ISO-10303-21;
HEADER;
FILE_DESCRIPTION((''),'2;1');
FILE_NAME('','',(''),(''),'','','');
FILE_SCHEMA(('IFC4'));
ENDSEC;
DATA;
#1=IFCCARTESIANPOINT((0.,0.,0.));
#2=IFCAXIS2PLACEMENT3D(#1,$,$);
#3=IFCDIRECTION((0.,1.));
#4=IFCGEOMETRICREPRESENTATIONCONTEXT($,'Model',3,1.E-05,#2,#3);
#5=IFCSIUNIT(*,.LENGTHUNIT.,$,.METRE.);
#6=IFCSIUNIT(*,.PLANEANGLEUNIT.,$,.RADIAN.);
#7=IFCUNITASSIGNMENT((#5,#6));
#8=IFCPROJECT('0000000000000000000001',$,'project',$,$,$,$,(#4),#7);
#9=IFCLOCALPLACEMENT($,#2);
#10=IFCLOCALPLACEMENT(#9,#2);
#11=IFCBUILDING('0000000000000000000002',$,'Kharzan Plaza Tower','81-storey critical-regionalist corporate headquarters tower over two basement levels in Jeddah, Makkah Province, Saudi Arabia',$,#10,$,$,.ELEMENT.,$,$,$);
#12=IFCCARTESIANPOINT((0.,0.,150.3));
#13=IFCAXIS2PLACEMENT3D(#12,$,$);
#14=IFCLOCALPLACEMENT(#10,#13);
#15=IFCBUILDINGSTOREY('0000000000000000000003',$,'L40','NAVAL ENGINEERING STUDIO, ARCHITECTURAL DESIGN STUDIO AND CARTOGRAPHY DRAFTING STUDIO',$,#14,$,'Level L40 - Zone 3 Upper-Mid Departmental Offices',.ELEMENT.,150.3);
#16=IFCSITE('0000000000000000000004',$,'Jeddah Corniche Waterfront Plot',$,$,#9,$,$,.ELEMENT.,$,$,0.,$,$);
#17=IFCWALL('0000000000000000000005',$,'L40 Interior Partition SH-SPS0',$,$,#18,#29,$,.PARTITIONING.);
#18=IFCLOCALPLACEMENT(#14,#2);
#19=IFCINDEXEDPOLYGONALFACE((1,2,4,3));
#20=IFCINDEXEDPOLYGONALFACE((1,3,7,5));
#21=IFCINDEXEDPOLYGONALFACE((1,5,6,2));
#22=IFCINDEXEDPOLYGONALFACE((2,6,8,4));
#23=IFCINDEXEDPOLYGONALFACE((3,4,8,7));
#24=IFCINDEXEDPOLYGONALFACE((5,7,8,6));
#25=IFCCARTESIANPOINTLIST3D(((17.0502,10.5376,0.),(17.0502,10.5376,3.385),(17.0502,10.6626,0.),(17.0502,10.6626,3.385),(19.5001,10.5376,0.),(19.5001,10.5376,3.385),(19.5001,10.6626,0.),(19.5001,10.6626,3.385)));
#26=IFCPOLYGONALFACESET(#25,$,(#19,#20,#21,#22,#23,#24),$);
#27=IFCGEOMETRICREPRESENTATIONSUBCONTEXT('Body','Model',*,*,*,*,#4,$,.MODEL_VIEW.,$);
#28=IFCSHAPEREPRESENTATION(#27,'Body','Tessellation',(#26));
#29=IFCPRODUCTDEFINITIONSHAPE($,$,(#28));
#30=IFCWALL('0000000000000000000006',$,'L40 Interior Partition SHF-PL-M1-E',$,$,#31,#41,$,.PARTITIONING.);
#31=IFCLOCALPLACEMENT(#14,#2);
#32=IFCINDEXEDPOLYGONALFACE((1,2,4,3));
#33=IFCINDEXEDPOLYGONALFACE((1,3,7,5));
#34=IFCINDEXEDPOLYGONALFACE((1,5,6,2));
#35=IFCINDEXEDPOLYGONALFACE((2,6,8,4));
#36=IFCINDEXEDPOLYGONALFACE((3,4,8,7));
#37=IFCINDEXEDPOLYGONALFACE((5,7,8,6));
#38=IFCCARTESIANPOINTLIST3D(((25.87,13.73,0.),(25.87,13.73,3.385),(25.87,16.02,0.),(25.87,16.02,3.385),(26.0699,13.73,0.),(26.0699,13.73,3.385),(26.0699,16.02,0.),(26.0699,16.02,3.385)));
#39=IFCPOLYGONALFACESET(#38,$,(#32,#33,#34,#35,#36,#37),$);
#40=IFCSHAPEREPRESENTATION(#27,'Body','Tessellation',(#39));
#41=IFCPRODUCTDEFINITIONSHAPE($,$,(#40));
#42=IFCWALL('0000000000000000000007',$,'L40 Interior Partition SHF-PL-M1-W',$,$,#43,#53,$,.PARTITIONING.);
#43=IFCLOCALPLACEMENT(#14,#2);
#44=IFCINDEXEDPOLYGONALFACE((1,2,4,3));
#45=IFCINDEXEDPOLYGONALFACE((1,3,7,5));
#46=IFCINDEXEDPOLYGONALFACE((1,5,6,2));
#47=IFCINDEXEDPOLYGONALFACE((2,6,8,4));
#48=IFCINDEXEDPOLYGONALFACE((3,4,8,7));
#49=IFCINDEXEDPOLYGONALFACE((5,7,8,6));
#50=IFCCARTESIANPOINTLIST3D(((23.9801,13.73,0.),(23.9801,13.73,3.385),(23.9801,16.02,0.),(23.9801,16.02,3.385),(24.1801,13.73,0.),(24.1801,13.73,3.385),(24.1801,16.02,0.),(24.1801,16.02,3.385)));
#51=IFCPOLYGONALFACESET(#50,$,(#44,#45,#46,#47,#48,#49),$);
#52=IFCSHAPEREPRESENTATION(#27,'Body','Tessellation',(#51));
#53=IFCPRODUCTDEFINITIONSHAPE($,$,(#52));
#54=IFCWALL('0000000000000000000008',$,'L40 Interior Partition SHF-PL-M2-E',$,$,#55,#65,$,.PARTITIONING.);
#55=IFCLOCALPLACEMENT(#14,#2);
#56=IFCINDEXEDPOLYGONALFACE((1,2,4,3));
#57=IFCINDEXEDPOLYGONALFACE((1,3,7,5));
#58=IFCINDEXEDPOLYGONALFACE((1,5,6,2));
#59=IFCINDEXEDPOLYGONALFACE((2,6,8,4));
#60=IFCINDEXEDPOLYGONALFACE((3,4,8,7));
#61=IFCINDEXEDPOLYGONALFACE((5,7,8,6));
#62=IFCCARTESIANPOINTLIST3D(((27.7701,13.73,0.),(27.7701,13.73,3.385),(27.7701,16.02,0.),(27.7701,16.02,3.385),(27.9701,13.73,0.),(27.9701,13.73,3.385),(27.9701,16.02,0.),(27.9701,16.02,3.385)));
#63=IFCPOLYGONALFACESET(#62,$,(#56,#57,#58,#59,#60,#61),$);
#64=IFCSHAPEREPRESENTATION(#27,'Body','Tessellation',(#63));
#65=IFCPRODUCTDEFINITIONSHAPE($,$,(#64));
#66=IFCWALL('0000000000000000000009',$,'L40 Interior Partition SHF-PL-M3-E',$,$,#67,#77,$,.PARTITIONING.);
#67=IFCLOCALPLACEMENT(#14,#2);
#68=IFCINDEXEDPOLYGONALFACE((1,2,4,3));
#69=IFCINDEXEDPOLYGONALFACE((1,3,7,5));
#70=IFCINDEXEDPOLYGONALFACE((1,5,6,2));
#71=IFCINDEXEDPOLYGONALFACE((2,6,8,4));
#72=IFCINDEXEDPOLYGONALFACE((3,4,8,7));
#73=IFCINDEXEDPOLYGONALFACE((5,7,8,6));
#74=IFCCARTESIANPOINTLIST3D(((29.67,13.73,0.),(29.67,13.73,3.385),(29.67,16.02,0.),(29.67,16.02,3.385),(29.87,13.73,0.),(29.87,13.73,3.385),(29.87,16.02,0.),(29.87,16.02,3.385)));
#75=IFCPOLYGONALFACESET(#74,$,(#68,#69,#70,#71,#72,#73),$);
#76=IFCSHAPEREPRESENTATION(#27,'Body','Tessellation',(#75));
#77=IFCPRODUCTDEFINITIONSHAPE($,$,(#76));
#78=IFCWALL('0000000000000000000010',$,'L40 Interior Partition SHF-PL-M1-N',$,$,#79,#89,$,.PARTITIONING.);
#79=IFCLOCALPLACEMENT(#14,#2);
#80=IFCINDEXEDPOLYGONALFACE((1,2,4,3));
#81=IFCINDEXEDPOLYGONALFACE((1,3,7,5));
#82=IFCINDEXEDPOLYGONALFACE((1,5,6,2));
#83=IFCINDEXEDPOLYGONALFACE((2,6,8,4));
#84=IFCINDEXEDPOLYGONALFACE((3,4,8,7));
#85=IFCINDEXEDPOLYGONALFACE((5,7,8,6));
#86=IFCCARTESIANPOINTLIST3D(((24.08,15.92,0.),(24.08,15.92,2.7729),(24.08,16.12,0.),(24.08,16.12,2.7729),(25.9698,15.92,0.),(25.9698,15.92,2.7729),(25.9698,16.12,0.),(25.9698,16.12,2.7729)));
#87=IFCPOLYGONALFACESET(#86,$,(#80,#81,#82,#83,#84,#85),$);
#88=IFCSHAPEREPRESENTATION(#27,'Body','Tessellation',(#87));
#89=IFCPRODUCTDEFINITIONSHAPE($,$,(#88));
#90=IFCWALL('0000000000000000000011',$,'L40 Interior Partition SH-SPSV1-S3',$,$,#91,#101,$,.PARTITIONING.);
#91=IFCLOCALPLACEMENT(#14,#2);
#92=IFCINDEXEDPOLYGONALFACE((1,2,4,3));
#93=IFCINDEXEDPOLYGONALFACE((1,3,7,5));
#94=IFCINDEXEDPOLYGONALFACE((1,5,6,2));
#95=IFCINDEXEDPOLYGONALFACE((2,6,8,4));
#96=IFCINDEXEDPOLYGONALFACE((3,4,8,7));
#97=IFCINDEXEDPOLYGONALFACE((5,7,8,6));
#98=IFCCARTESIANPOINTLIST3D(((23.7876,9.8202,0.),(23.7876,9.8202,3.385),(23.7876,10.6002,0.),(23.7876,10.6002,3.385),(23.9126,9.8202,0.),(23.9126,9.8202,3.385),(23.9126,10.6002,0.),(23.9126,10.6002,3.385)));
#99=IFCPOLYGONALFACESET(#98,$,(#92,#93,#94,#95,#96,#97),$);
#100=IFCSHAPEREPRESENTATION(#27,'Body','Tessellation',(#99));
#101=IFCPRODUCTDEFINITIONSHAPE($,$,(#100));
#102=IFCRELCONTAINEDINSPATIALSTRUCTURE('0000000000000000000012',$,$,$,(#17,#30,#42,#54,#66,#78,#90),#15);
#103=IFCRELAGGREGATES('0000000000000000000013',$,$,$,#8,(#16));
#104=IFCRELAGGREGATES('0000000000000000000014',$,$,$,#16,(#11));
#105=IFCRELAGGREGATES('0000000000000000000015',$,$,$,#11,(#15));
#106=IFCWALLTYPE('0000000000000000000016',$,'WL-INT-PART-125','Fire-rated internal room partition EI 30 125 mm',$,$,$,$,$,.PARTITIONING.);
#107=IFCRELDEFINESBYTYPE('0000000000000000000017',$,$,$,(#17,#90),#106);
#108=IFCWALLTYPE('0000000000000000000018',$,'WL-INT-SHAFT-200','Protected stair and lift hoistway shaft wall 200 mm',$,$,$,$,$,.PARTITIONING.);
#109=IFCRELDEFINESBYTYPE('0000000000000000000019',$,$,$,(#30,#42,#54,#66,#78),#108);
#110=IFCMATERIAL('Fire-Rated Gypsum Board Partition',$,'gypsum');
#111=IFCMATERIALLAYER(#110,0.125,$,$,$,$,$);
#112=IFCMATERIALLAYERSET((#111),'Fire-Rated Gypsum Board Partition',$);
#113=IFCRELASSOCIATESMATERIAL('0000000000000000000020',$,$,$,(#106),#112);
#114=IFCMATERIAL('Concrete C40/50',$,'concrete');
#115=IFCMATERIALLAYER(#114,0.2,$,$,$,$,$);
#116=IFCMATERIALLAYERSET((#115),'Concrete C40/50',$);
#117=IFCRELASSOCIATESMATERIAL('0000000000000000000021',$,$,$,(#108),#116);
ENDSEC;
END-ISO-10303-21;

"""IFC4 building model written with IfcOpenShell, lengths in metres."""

from ifc_helpers import new_model, si_unit, direction, frame, frame_2d, origin, place, context, subcontext, project, spatial, rectangle, extrude, source, transform, mapped, material, layer, layer_set, type_object, element, save


model = new_model("IFC4")

# Units and contexts
model_context = context("Model", 3, precision=1e-05, world=origin(), true_north=direction((0.0, 1.0)))
body_context = subcontext(model_context, "Body", "Model", "MODEL_VIEW")
ifc_project = project(units=[si_unit("LENGTHUNIT", "METRE"), si_unit("PLANEANGLEUNIT", "RADIAN")], contexts=[model_context])

# Site, building, storey
site_placement = place(None, origin())
site = spatial("IfcSite", under=ifc_project, at=site_placement, Name="Jeddah Corniche Waterfront Plot", CompositionType="ELEMENT", RefElevation=0.0)
building_placement = place(site_placement, origin())
building = spatial("IfcBuilding", under=site, at=building_placement, Name="Kharzan Plaza Tower", Description="81-storey critical-regionalist corporate headquarters tower over two basement levels in Jeddah, Makkah Province, Saudi Arabia", CompositionType="ELEMENT")
storey_placement = place(building_placement, frame((0.0, 0.0, 150.3)))
storey = spatial("IfcBuildingStorey", under=building, at=storey_placement, Name="L40", Description="NAVAL ENGINEERING STUDIO, ARCHITECTURAL DESIGN STUDIO AND CARTOGRAPHY DRAFTING STUDIO", LongName="Level L40 - Zone 3 Upper-Mid Departmental Offices", CompositionType="ELEMENT", Elevation=150.3)

# Shared definitions
ifc_material_1 = material(Name="Fire-Rated Gypsum Board Partition", Category="gypsum")
ifc_layer_1 = layer(ifc_material_1, 0.125)
ifc_layer_set_1 = layer_set([ifc_layer_1], Name="Fire-Rated Gypsum Board Partition")
wall_type_1 = type_object("IfcWallType", Name="WL-INT-PART-125", Description="Fire-rated internal room partition EI 30 125 mm", PredefinedType="PARTITIONING", material=ifc_layer_set_1)
ifc_material_2 = material(Name="Concrete C40/50", Category="concrete")
ifc_layer_2 = layer(ifc_material_2, 0.2)
ifc_layer_set_2 = layer_set([ifc_layer_2], Name="Concrete C40/50")
wall_type_2 = type_object("IfcWallType", Name="WL-INT-SHAFT-200", Description="Protected stair and lift hoistway shaft wall 200 mm", PredefinedType="PARTITIONING", material=ifc_layer_set_2)

# Walls
shared_shape_1 = source(origin(), body_context, "Body", "SweptSolid", [
    extrude(rectangle(XDim=2.45, YDim=0.125, at=frame_2d((1.2251, 0.0))), origin(), (0.0, 0.0, 1.0), 3.385),
])
for number, where, z_axis, x_axis, name in (
    (1, (17.05, 10.6001, 0.0), (0.0, 0.0, 1.0), (1.0, 0.0, 0.0), "L40 Interior Partition SH-SPS0"),
):
    element("IfcWall", number, at=place(storey_placement, frame(where, z_axis=z_axis, x_axis=x_axis)), inside=storey, type_object=wall_type_1, Name=name, PredefinedType="PARTITIONING", context=body_context, shape_type="MappedRepresentation", body=[
        mapped(shared_shape_1, transform((0.0, 0.0, 0.0), x_axis=(1.0, 0.0, 0.0), y_axis=(0.0, 1.0, 0.0), z_axis=(0.0, 0.0, 1.0))),
    ])
shared_shape_2 = source(origin(), body_context, "Body", "SweptSolid", [
    extrude(rectangle(XDim=2.29, YDim=0.2, at=frame_2d((1.145, 0.0))), origin(), (0.0, 0.0, 1.0), 3.385),
])
for number, where, z_axis, x_axis, name in (
    (2, (25.97, 13.73, 0.0), (0.0, 0.0, 1.0), (0.0, 1.0, 0.0), "L40 Interior Partition SHF-PL-M1-E"),
    (3, (24.0801, 13.73, 0.0), (0.0, 0.0, 1.0), (0.0, 1.0, 0.0), "L40 Interior Partition SHF-PL-M1-W"),
    (4, (27.8701, 13.73, 0.0), (0.0, 0.0, 1.0), (0.0, 1.0, 0.0), "L40 Interior Partition SHF-PL-M2-E"),
    (5, (29.77, 13.73, 0.0), (0.0, 0.0, 1.0), (0.0, 1.0, 0.0), "L40 Interior Partition SHF-PL-M3-E"),
):
    element("IfcWall", number, at=place(storey_placement, frame(where, z_axis=z_axis, x_axis=x_axis)), inside=storey, type_object=wall_type_2, Name=name, PredefinedType="PARTITIONING", context=body_context, shape_type="MappedRepresentation", body=[
        mapped(shared_shape_2, transform((0.0, 0.0, 0.0), x_axis=(1.0, 0.0, 0.0), y_axis=(0.0, 1.0, 0.0), z_axis=(0.0, 0.0, 1.0))),
    ])
shared_shape_3 = source(origin(), body_context, "Body", "SweptSolid", [
    extrude(rectangle(XDim=1.8899, YDim=0.2, at=frame_2d((0.9448, 0.0))), origin(), (0.0, 0.0, 1.0), 2.7729),
])
wall_1_placement = place(storey_placement, frame((24.0801, 16.02, 0.0), z_axis=(0.0, 0.0, 1.0), x_axis=(1.0, 0.0, 0.0)))
element("IfcWall", 6, at=wall_1_placement, inside=storey, type_object=wall_type_2, Name="L40 Interior Partition SHF-PL-M1-N", PredefinedType="PARTITIONING", context=body_context, shape_type="MappedRepresentation", body=[
    mapped(shared_shape_3, transform((0.0, 0.0, 0.0), x_axis=(1.0, 0.0, 0.0), y_axis=(0.0, 1.0, 0.0), z_axis=(0.0, 0.0, 1.0))),
])
shared_shape_4 = source(origin(), body_context, "Body", "SweptSolid", [
    extrude(rectangle(XDim=0.78, YDim=0.125, at=frame_2d((0.3901, 0.0))), origin(), (0.0, 0.0, 1.0), 3.385),
])
wall_2_placement = place(storey_placement, frame((23.8501, 9.8201, 0.0), z_axis=(0.0, 0.0, 1.0), x_axis=(0.0, 1.0, 0.0)))
element("IfcWall", 7, at=wall_2_placement, inside=storey, type_object=wall_type_1, Name="L40 Interior Partition SH-SPSV1-S3", PredefinedType="PARTITIONING", context=body_context, shape_type="MappedRepresentation", body=[
    mapped(shared_shape_4, transform((0.0, 0.0, 0.0), x_axis=(1.0, 0.0, 0.0), y_axis=(0.0, 1.0, 0.0), z_axis=(0.0, 0.0, 1.0))),
])

save(model, "model.ifc")
